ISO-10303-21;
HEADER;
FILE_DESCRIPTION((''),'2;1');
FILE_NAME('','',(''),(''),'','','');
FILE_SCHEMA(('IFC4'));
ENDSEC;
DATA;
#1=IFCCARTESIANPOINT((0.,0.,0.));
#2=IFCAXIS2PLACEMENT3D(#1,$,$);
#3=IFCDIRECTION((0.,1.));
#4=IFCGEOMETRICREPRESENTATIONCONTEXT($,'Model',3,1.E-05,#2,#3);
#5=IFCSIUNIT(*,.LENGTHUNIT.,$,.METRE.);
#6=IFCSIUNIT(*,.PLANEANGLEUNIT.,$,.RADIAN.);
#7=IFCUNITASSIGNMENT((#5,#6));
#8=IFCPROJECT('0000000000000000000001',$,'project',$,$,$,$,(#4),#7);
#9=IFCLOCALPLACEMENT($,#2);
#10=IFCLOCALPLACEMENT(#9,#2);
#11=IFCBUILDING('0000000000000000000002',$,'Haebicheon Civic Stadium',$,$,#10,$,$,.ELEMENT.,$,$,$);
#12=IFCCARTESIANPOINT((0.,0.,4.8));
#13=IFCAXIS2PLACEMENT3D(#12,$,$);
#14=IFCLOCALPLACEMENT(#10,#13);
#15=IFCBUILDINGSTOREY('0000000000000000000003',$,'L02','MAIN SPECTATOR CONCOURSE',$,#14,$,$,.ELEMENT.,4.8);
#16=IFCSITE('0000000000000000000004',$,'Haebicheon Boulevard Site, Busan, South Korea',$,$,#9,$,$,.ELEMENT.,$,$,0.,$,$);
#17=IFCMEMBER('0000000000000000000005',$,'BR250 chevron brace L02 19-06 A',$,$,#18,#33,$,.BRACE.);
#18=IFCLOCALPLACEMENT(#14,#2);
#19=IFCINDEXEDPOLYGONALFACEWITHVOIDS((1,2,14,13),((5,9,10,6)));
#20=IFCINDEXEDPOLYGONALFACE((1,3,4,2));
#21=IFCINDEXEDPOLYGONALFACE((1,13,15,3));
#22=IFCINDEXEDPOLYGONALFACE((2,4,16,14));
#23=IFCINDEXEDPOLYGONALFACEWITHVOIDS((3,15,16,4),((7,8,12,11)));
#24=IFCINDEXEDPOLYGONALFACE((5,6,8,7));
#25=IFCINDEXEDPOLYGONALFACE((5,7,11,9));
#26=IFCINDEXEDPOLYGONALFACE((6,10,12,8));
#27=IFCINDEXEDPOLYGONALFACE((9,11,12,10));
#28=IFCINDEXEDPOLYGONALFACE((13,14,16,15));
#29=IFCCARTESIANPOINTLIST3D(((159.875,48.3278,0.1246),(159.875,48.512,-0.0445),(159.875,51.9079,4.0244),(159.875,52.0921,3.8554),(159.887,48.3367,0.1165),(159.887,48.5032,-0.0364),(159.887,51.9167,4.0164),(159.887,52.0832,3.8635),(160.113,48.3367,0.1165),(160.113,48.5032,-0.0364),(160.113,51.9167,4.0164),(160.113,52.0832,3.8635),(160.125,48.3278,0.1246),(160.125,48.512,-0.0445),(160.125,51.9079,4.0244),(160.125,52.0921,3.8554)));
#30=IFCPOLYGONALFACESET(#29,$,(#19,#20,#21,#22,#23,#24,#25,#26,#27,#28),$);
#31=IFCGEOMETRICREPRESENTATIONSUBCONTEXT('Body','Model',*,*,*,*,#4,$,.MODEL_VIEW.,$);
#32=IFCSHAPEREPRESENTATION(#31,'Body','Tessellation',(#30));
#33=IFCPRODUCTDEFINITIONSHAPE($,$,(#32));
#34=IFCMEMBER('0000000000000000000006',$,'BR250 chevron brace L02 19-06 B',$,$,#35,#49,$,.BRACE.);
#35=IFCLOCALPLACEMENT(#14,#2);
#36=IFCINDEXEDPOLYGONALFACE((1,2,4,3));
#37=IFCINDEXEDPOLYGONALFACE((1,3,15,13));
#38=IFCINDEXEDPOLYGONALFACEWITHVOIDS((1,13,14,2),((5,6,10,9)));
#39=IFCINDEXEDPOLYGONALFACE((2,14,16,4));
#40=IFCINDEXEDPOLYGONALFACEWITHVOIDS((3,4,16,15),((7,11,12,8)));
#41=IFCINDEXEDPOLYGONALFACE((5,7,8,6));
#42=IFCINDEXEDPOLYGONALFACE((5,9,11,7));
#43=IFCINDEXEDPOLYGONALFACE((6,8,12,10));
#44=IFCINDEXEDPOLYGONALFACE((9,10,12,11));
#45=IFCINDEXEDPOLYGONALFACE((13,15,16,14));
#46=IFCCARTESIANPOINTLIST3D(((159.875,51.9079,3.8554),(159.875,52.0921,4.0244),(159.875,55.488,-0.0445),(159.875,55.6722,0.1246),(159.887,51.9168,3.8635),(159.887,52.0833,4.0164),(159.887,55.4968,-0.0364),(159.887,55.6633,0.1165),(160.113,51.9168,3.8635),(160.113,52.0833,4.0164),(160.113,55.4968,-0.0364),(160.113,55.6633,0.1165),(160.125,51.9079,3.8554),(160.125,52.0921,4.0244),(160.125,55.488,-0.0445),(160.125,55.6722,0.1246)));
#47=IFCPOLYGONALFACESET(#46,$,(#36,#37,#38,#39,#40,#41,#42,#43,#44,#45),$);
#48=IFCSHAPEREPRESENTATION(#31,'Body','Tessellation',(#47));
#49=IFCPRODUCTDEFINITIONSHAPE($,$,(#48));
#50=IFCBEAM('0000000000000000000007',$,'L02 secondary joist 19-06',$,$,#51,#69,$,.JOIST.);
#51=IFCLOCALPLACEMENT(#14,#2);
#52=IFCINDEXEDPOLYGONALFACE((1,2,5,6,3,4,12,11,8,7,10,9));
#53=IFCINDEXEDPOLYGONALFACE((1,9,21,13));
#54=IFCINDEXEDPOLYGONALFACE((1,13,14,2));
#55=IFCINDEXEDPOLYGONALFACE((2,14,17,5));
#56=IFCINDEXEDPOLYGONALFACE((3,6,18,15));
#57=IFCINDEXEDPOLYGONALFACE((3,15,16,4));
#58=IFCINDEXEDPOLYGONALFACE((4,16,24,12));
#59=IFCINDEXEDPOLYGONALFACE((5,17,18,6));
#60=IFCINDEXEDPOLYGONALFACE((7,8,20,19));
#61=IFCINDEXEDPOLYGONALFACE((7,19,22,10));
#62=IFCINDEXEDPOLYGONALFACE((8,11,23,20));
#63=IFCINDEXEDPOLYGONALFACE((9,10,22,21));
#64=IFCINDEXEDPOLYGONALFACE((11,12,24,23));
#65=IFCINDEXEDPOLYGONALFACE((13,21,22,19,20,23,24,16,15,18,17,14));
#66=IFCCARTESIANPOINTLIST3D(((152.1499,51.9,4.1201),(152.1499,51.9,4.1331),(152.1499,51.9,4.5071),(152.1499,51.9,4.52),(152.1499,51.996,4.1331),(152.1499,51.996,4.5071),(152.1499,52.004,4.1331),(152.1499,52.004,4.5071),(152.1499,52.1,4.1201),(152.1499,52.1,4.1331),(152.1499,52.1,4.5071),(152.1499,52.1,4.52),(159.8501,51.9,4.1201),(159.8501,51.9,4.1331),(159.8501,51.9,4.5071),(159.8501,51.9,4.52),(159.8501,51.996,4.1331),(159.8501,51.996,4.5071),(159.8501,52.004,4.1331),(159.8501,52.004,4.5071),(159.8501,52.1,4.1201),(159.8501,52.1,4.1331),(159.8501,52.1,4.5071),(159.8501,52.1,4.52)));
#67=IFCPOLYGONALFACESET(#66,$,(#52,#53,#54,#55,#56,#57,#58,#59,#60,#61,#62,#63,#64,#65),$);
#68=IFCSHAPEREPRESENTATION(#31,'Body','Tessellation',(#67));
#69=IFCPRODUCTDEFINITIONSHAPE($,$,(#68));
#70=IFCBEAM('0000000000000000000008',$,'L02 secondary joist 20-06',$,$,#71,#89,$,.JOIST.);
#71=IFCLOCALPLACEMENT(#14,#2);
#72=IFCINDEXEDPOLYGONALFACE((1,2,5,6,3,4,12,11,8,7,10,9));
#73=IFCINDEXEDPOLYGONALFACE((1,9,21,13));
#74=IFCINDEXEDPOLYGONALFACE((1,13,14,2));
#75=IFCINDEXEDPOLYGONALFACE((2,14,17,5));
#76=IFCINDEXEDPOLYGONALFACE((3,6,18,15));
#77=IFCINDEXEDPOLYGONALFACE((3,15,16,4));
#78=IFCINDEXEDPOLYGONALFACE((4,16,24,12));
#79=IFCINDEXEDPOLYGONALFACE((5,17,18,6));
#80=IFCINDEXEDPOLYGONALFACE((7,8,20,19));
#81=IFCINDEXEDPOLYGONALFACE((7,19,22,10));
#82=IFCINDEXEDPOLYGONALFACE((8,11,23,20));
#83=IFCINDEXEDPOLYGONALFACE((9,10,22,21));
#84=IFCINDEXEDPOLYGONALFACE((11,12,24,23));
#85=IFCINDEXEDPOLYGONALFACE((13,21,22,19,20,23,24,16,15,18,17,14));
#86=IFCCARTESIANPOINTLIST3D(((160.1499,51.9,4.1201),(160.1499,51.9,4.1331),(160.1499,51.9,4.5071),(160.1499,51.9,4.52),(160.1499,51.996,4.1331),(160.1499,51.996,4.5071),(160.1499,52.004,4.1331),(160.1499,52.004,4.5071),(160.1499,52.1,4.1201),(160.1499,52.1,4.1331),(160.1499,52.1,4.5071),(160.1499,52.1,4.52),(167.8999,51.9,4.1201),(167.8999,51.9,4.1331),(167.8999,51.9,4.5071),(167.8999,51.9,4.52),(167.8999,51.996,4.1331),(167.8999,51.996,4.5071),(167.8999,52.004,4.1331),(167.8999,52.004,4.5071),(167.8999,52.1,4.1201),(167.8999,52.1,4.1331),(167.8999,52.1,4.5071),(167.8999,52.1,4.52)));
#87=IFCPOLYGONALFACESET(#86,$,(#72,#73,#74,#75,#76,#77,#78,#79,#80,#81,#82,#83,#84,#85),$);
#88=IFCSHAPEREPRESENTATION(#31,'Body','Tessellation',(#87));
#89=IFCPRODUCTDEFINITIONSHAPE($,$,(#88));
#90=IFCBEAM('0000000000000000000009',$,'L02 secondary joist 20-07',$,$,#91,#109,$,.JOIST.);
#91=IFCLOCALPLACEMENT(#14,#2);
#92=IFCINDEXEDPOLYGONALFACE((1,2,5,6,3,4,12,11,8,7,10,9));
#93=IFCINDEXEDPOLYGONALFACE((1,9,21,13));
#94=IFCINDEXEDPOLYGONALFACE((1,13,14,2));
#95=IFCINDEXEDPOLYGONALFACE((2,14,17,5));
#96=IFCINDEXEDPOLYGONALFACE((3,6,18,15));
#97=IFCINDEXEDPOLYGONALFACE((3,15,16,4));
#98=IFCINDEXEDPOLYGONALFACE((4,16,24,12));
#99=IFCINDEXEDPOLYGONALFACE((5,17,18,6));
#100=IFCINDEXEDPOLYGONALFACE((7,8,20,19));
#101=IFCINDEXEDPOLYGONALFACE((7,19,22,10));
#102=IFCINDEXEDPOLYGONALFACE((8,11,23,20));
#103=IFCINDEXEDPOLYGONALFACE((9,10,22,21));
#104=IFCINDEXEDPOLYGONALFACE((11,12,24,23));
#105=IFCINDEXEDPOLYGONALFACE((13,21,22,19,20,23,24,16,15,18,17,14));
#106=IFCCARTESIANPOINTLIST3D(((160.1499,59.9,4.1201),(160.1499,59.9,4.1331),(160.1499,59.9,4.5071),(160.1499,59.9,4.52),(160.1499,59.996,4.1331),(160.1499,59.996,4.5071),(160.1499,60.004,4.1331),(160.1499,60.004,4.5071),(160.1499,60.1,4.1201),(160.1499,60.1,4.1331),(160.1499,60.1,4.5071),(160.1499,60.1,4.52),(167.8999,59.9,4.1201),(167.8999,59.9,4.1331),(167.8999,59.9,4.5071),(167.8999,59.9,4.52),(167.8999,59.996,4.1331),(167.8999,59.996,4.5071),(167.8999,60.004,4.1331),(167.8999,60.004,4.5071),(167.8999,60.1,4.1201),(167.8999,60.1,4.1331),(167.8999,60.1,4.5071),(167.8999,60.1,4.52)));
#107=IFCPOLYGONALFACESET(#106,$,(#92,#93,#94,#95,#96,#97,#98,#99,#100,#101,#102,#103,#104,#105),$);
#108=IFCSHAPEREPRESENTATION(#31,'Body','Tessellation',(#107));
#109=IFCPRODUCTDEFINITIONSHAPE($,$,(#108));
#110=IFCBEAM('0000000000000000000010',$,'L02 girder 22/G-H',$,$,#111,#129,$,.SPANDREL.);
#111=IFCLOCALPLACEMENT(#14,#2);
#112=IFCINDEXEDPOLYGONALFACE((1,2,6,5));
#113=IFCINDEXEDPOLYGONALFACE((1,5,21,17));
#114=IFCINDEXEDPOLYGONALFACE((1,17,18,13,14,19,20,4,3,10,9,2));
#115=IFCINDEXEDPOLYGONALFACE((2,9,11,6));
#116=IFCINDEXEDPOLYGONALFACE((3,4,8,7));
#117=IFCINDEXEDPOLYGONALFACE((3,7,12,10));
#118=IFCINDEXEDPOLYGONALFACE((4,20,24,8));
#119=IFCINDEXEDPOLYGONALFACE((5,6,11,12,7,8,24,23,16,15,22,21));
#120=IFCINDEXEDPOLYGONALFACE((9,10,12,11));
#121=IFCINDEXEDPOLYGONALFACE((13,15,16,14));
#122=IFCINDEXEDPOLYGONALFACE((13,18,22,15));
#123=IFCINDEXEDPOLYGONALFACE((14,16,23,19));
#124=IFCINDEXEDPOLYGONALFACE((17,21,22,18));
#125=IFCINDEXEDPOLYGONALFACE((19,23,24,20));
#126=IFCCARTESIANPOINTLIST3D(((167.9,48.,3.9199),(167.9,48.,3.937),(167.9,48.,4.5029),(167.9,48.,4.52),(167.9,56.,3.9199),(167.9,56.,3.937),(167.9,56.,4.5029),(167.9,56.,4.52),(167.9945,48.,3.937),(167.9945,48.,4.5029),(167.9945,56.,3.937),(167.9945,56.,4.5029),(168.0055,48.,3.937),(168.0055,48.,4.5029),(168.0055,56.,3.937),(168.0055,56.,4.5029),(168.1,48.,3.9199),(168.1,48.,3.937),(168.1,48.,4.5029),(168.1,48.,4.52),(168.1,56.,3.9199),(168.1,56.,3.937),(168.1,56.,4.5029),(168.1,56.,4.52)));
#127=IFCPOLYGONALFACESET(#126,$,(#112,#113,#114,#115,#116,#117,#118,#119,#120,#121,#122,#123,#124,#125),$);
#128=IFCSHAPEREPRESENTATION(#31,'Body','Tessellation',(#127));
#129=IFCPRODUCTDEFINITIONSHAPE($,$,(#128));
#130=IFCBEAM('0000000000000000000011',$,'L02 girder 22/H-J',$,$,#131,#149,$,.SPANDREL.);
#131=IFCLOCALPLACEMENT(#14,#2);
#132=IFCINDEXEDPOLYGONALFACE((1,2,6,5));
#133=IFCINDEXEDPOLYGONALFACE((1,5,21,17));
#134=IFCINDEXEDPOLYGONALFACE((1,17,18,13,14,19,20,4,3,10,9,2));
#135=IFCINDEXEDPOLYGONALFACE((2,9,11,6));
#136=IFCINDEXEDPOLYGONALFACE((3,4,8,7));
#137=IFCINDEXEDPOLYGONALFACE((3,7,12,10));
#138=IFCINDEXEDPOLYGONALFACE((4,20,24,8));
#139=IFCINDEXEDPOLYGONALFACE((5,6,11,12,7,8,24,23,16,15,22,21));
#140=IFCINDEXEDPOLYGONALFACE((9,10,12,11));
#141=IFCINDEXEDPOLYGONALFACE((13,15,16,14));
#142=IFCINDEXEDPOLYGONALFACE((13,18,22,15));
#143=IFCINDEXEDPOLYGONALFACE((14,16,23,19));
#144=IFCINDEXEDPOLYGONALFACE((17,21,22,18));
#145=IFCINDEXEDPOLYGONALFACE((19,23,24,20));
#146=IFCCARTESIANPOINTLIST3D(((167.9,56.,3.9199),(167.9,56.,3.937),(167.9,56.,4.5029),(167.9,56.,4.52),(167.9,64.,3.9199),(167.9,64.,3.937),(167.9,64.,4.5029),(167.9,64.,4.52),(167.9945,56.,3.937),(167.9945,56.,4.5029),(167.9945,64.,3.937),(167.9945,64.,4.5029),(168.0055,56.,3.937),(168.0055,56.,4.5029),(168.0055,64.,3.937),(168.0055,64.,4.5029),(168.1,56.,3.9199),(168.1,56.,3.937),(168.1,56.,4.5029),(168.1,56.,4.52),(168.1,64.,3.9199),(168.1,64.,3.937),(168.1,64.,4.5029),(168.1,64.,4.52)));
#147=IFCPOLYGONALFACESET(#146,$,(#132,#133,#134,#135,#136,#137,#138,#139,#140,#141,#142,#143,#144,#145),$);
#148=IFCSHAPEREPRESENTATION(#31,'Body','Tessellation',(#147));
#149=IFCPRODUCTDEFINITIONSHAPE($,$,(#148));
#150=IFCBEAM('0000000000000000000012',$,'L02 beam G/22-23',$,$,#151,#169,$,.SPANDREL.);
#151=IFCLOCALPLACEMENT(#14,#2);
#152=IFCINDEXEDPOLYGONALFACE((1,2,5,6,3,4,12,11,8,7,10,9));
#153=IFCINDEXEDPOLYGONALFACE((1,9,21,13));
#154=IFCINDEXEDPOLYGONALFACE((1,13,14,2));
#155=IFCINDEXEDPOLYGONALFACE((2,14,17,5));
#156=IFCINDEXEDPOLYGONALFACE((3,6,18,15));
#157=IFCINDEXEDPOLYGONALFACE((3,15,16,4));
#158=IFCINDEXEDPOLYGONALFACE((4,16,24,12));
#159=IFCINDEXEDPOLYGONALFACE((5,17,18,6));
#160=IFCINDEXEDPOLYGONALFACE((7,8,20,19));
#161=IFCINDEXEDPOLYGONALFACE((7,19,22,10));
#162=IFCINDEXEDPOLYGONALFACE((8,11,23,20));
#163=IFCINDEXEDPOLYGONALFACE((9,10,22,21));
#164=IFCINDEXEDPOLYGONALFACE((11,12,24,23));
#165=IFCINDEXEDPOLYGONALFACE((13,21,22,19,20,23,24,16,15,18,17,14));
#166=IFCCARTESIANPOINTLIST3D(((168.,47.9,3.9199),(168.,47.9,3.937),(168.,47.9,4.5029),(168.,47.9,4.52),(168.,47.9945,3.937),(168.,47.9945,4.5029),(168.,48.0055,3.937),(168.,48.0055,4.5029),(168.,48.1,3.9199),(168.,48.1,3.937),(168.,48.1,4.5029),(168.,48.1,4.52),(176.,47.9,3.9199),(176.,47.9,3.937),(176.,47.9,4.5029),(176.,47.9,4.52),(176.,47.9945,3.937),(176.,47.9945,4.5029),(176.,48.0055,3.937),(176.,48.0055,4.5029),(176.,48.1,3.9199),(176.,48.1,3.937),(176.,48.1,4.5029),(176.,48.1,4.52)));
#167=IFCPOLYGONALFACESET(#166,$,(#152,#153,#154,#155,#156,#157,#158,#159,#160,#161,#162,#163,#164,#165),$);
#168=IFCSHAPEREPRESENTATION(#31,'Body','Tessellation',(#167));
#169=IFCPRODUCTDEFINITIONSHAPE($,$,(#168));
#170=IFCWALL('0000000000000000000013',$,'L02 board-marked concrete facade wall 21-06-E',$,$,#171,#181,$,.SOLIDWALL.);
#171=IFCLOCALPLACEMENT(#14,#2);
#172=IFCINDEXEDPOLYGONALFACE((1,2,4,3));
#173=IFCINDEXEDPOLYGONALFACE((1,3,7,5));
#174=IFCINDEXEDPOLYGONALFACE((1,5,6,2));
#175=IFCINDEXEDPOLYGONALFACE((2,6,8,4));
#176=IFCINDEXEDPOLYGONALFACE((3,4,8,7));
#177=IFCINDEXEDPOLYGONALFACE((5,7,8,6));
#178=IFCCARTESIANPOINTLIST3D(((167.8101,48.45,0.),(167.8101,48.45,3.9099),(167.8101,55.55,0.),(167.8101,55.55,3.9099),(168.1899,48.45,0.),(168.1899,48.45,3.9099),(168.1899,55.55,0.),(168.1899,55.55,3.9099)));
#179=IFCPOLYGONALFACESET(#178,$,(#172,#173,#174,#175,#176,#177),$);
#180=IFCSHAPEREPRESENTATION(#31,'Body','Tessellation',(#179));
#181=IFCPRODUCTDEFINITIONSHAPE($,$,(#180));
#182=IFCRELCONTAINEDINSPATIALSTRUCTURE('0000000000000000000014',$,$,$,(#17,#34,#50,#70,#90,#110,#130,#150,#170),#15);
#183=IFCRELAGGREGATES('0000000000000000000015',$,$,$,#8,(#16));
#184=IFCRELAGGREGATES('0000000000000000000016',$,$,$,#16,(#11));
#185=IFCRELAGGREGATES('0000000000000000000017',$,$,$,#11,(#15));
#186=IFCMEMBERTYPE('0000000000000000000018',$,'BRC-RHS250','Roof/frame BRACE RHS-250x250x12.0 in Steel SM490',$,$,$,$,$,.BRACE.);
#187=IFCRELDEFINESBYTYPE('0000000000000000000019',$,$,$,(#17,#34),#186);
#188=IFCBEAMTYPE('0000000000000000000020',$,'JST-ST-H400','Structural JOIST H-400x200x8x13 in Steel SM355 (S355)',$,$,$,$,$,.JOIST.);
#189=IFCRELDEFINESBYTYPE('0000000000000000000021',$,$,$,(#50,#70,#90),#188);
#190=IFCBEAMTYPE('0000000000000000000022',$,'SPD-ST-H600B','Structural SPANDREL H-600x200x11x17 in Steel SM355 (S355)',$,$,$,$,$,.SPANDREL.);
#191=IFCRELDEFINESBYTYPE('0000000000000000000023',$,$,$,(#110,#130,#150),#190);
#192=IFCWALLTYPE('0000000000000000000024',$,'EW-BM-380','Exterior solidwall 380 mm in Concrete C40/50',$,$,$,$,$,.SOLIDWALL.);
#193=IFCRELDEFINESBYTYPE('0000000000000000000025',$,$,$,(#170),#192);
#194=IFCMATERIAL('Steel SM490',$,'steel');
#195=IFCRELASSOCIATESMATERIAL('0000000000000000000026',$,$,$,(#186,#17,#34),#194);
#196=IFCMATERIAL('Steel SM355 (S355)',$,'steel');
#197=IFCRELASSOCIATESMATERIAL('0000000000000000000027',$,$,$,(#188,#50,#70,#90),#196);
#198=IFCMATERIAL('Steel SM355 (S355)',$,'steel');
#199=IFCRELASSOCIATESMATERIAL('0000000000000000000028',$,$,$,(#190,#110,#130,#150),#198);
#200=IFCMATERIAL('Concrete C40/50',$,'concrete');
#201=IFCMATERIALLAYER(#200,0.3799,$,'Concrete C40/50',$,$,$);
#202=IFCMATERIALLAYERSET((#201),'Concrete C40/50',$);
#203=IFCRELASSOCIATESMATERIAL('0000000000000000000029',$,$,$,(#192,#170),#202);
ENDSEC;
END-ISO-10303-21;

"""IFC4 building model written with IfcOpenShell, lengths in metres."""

from ifc_helpers import new_model, si_unit, direction, frame, frame_2d, origin, origin_2d, place, context, subcontext, project, spatial, rectangle, hollow_rectangle, i_section, extrude, material, layer, layer_set, material_profile, profile_set, type_object, element, save


model = new_model("IFC4")

# Units and contexts
model_context = context("Model", 3, precision=1e-05, world=origin(), true_north=direction((0.0, 1.0)))
body_context = subcontext(model_context, "Body", "Model", "MODEL_VIEW")
ifc_project = project(units=[si_unit("LENGTHUNIT", "METRE"), si_unit("PLANEANGLEUNIT", "RADIAN")], contexts=[model_context])

# Site, building, storey
site_placement = place(None, origin())
site = spatial("IfcSite", under=ifc_project, at=site_placement, Name="Haebicheon Boulevard Site, Busan, South Korea", CompositionType="ELEMENT", RefElevation=0.0)
building_placement = place(site_placement, origin())
building = spatial("IfcBuilding", under=site, at=building_placement, Name="Haebicheon Civic Stadium", CompositionType="ELEMENT")
storey_placement = place(building_placement, frame((0.0, 0.0, 4.8)))
storey = spatial("IfcBuildingStorey", under=building, at=storey_placement, Name="L02", Description="MAIN SPECTATOR CONCOURSE", CompositionType="ELEMENT", Elevation=4.8)

# Members
ifc_material_1 = material(Name="Steel SM490", Category="steel")
ifc_material_profile_1 = material_profile(ifc_material_1, hollow_rectangle(XDim=0.25, YDim=0.25, WallThickness=0.012, at=origin_2d()), Name="RHS-250x250x12.0")
ifc_profile_set_1 = profile_set([ifc_material_profile_1], Name="Steel SM490")
member_type = type_object("IfcMemberType", Name="BRC-RHS250", Description="Roof/frame BRACE RHS-250x250x12.0 in Steel SM490", PredefinedType="BRACE", material=ifc_profile_set_1)
for number, where, z_axis, x_axis, name in (
    (1, (160.0, 48.4199, 0.04), (0.0, 0.676255, 0.736668), (-1.0, 0.0, 0.0), "BR250 chevron brace L02 19-06 A"),
    (2, (160.0, 55.5801, 0.04), (0.0, -0.676255, 0.736668), (1.0, 0.0, 0.0), "BR250 chevron brace L02 19-06 B"),
):
    element("IfcMember", number, at=place(storey_placement, frame(where, z_axis=z_axis, x_axis=x_axis)), inside=storey, type_object=member_type, material=ifc_profile_set_1, Name=name, PredefinedType="BRACE", context=body_context, shape_type="SweptSolid", body=[
        extrude(hollow_rectangle(XDim=0.25, YDim=0.25, WallThickness=0.012, at=origin_2d()), origin(), (0.0, 0.0, 1.0), 5.2939),
    ])

# Beams
ifc_material_2 = material(Name="Steel SM355 (S355)", Category="steel")
ifc_material_profile_2 = material_profile(ifc_material_2, i_section(OverallWidth=0.2, OverallDepth=0.3999, WebThickness=0.0081, FlangeThickness=0.0129, at=origin_2d()), Name="H-400x200x8x13")
ifc_profile_set_2 = profile_set([ifc_material_profile_2], Name="Steel SM355 (S355)")
beam_type_1 = type_object("IfcBeamType", Name="JST-ST-H400", Description="Structural JOIST H-400x200x8x13 in Steel SM355 (S355)", PredefinedType="JOIST", material=ifc_profile_set_2)
beam_placement = place(storey_placement, frame((152.1499, 52.0, 4.3201), z_axis=(1.0, 0.0, 0.0), x_axis=(0.0, 1.0, 0.0)))
element("IfcBeam", 3, at=beam_placement, inside=storey, type_object=beam_type_1, material=ifc_profile_set_2, Name="L02 secondary joist 19-06", PredefinedType="JOIST", context=body_context, shape_type="SweptSolid", body=[
    extrude(i_section(OverallWidth=0.2, OverallDepth=0.3999, WebThickness=0.0081, FlangeThickness=0.0129, at=origin_2d()), origin(), (0.0, 0.0, 1.0), 7.7002),
])
for number, where, z_axis, x_axis, name in (
    (4, (160.1499, 52.0, 4.3201), (1.0, 0.0, 0.0), (0.0, 1.0, 0.0), "L02 secondary joist 20-06"),
    (5, (160.1499, 60.0, 4.3201), (1.0, 0.0, 0.0), (0.0, 1.0, 0.0), "L02 secondary joist 20-07"),
):
    element("IfcBeam", number, at=place(storey_placement, frame(where, z_axis=z_axis, x_axis=x_axis)), inside=storey, type_object=beam_type_1, material=ifc_profile_set_2, Name=name, PredefinedType="JOIST", context=body_context, shape_type="SweptSolid", body=[
        extrude(i_section(OverallWidth=0.2, OverallDepth=0.3999, WebThickness=0.0081, FlangeThickness=0.0129, at=origin_2d()), origin(), (0.0, 0.0, 1.0), 7.75),
    ])
ifc_material_3 = material(Name="Steel SM355 (S355)", Category="steel")
ifc_material_profile_3 = material_profile(ifc_material_3, i_section(OverallWidth=0.2, OverallDepth=0.6001, WebThickness=0.011, FlangeThickness=0.0171, at=origin_2d()), Name="H-600x200x11x17")
ifc_profile_set_3 = profile_set([ifc_material_profile_3], Name="Steel SM355 (S355)")
beam_type_2 = type_object("IfcBeamType", Name="SPD-ST-H600B", Description="Structural SPANDREL H-600x200x11x17 in Steel SM355 (S355)", PredefinedType="SPANDREL", material=ifc_profile_set_3)
for number, where, z_axis, x_axis, name in (
    (6, (168.0, 48.0, 4.22), (0.0, 1.0, 0.0), (-1.0, 0.0, 0.0), "L02 girder 22/G-H"),
    (7, (168.0, 56.0, 4.22), (0.0, 1.0, 0.0), (-1.0, 0.0, 0.0), "L02 girder 22/H-J"),
    (8, (168.0, 48.0, 4.22), (1.0, 0.0, 0.0), (0.0, 1.0, 0.0), "L02 beam G/22-23"),
):
    element("IfcBeam", number, at=place(storey_placement, frame(where, z_axis=z_axis, x_axis=x_axis)), inside=storey, type_object=beam_type_2, material=ifc_profile_set_3, Name=name, PredefinedType="SPANDREL", context=body_context, shape_type="SweptSolid", body=[
        extrude(i_section(OverallWidth=0.2, OverallDepth=0.6001, WebThickness=0.011, FlangeThickness=0.0171, at=origin_2d()), origin(), (0.0, 0.0, 1.0), 8.0),
    ])

# Wall
ifc_material_4 = material(Name="Concrete C40/50", Category="concrete")
ifc_layer_1 = layer(ifc_material_4, 0.3799, Name="Concrete C40/50")
ifc_layer_set_1 = layer_set([ifc_layer_1], Name="Concrete C40/50")
wall_type_1 = type_object("IfcWallType", Name="EW-BM-380", Description="Exterior solidwall 380 mm in Concrete C40/50", PredefinedType="SOLIDWALL", material=ifc_layer_set_1)
wall_1_placement = place(storey_placement, frame((168.0, 48.45, 0.0), z_axis=(0.0, 0.0, 1.0), x_axis=(0.0, 1.0, 0.0)))
element("IfcWall", 9, at=wall_1_placement, inside=storey, type_object=wall_type_1, material=ifc_layer_set_1, Name="L02 board-marked concrete facade wall 21-06-E", PredefinedType="SOLIDWALL", context=body_context, shape_type="SweptSolid", body=[
    extrude(rectangle(XDim=7.1001, YDim=0.3799, at=frame_2d((3.55, 0.0))), origin(), (0.0, 0.0, 1.0), 3.9099),
])

save(model, "model.ifc")
